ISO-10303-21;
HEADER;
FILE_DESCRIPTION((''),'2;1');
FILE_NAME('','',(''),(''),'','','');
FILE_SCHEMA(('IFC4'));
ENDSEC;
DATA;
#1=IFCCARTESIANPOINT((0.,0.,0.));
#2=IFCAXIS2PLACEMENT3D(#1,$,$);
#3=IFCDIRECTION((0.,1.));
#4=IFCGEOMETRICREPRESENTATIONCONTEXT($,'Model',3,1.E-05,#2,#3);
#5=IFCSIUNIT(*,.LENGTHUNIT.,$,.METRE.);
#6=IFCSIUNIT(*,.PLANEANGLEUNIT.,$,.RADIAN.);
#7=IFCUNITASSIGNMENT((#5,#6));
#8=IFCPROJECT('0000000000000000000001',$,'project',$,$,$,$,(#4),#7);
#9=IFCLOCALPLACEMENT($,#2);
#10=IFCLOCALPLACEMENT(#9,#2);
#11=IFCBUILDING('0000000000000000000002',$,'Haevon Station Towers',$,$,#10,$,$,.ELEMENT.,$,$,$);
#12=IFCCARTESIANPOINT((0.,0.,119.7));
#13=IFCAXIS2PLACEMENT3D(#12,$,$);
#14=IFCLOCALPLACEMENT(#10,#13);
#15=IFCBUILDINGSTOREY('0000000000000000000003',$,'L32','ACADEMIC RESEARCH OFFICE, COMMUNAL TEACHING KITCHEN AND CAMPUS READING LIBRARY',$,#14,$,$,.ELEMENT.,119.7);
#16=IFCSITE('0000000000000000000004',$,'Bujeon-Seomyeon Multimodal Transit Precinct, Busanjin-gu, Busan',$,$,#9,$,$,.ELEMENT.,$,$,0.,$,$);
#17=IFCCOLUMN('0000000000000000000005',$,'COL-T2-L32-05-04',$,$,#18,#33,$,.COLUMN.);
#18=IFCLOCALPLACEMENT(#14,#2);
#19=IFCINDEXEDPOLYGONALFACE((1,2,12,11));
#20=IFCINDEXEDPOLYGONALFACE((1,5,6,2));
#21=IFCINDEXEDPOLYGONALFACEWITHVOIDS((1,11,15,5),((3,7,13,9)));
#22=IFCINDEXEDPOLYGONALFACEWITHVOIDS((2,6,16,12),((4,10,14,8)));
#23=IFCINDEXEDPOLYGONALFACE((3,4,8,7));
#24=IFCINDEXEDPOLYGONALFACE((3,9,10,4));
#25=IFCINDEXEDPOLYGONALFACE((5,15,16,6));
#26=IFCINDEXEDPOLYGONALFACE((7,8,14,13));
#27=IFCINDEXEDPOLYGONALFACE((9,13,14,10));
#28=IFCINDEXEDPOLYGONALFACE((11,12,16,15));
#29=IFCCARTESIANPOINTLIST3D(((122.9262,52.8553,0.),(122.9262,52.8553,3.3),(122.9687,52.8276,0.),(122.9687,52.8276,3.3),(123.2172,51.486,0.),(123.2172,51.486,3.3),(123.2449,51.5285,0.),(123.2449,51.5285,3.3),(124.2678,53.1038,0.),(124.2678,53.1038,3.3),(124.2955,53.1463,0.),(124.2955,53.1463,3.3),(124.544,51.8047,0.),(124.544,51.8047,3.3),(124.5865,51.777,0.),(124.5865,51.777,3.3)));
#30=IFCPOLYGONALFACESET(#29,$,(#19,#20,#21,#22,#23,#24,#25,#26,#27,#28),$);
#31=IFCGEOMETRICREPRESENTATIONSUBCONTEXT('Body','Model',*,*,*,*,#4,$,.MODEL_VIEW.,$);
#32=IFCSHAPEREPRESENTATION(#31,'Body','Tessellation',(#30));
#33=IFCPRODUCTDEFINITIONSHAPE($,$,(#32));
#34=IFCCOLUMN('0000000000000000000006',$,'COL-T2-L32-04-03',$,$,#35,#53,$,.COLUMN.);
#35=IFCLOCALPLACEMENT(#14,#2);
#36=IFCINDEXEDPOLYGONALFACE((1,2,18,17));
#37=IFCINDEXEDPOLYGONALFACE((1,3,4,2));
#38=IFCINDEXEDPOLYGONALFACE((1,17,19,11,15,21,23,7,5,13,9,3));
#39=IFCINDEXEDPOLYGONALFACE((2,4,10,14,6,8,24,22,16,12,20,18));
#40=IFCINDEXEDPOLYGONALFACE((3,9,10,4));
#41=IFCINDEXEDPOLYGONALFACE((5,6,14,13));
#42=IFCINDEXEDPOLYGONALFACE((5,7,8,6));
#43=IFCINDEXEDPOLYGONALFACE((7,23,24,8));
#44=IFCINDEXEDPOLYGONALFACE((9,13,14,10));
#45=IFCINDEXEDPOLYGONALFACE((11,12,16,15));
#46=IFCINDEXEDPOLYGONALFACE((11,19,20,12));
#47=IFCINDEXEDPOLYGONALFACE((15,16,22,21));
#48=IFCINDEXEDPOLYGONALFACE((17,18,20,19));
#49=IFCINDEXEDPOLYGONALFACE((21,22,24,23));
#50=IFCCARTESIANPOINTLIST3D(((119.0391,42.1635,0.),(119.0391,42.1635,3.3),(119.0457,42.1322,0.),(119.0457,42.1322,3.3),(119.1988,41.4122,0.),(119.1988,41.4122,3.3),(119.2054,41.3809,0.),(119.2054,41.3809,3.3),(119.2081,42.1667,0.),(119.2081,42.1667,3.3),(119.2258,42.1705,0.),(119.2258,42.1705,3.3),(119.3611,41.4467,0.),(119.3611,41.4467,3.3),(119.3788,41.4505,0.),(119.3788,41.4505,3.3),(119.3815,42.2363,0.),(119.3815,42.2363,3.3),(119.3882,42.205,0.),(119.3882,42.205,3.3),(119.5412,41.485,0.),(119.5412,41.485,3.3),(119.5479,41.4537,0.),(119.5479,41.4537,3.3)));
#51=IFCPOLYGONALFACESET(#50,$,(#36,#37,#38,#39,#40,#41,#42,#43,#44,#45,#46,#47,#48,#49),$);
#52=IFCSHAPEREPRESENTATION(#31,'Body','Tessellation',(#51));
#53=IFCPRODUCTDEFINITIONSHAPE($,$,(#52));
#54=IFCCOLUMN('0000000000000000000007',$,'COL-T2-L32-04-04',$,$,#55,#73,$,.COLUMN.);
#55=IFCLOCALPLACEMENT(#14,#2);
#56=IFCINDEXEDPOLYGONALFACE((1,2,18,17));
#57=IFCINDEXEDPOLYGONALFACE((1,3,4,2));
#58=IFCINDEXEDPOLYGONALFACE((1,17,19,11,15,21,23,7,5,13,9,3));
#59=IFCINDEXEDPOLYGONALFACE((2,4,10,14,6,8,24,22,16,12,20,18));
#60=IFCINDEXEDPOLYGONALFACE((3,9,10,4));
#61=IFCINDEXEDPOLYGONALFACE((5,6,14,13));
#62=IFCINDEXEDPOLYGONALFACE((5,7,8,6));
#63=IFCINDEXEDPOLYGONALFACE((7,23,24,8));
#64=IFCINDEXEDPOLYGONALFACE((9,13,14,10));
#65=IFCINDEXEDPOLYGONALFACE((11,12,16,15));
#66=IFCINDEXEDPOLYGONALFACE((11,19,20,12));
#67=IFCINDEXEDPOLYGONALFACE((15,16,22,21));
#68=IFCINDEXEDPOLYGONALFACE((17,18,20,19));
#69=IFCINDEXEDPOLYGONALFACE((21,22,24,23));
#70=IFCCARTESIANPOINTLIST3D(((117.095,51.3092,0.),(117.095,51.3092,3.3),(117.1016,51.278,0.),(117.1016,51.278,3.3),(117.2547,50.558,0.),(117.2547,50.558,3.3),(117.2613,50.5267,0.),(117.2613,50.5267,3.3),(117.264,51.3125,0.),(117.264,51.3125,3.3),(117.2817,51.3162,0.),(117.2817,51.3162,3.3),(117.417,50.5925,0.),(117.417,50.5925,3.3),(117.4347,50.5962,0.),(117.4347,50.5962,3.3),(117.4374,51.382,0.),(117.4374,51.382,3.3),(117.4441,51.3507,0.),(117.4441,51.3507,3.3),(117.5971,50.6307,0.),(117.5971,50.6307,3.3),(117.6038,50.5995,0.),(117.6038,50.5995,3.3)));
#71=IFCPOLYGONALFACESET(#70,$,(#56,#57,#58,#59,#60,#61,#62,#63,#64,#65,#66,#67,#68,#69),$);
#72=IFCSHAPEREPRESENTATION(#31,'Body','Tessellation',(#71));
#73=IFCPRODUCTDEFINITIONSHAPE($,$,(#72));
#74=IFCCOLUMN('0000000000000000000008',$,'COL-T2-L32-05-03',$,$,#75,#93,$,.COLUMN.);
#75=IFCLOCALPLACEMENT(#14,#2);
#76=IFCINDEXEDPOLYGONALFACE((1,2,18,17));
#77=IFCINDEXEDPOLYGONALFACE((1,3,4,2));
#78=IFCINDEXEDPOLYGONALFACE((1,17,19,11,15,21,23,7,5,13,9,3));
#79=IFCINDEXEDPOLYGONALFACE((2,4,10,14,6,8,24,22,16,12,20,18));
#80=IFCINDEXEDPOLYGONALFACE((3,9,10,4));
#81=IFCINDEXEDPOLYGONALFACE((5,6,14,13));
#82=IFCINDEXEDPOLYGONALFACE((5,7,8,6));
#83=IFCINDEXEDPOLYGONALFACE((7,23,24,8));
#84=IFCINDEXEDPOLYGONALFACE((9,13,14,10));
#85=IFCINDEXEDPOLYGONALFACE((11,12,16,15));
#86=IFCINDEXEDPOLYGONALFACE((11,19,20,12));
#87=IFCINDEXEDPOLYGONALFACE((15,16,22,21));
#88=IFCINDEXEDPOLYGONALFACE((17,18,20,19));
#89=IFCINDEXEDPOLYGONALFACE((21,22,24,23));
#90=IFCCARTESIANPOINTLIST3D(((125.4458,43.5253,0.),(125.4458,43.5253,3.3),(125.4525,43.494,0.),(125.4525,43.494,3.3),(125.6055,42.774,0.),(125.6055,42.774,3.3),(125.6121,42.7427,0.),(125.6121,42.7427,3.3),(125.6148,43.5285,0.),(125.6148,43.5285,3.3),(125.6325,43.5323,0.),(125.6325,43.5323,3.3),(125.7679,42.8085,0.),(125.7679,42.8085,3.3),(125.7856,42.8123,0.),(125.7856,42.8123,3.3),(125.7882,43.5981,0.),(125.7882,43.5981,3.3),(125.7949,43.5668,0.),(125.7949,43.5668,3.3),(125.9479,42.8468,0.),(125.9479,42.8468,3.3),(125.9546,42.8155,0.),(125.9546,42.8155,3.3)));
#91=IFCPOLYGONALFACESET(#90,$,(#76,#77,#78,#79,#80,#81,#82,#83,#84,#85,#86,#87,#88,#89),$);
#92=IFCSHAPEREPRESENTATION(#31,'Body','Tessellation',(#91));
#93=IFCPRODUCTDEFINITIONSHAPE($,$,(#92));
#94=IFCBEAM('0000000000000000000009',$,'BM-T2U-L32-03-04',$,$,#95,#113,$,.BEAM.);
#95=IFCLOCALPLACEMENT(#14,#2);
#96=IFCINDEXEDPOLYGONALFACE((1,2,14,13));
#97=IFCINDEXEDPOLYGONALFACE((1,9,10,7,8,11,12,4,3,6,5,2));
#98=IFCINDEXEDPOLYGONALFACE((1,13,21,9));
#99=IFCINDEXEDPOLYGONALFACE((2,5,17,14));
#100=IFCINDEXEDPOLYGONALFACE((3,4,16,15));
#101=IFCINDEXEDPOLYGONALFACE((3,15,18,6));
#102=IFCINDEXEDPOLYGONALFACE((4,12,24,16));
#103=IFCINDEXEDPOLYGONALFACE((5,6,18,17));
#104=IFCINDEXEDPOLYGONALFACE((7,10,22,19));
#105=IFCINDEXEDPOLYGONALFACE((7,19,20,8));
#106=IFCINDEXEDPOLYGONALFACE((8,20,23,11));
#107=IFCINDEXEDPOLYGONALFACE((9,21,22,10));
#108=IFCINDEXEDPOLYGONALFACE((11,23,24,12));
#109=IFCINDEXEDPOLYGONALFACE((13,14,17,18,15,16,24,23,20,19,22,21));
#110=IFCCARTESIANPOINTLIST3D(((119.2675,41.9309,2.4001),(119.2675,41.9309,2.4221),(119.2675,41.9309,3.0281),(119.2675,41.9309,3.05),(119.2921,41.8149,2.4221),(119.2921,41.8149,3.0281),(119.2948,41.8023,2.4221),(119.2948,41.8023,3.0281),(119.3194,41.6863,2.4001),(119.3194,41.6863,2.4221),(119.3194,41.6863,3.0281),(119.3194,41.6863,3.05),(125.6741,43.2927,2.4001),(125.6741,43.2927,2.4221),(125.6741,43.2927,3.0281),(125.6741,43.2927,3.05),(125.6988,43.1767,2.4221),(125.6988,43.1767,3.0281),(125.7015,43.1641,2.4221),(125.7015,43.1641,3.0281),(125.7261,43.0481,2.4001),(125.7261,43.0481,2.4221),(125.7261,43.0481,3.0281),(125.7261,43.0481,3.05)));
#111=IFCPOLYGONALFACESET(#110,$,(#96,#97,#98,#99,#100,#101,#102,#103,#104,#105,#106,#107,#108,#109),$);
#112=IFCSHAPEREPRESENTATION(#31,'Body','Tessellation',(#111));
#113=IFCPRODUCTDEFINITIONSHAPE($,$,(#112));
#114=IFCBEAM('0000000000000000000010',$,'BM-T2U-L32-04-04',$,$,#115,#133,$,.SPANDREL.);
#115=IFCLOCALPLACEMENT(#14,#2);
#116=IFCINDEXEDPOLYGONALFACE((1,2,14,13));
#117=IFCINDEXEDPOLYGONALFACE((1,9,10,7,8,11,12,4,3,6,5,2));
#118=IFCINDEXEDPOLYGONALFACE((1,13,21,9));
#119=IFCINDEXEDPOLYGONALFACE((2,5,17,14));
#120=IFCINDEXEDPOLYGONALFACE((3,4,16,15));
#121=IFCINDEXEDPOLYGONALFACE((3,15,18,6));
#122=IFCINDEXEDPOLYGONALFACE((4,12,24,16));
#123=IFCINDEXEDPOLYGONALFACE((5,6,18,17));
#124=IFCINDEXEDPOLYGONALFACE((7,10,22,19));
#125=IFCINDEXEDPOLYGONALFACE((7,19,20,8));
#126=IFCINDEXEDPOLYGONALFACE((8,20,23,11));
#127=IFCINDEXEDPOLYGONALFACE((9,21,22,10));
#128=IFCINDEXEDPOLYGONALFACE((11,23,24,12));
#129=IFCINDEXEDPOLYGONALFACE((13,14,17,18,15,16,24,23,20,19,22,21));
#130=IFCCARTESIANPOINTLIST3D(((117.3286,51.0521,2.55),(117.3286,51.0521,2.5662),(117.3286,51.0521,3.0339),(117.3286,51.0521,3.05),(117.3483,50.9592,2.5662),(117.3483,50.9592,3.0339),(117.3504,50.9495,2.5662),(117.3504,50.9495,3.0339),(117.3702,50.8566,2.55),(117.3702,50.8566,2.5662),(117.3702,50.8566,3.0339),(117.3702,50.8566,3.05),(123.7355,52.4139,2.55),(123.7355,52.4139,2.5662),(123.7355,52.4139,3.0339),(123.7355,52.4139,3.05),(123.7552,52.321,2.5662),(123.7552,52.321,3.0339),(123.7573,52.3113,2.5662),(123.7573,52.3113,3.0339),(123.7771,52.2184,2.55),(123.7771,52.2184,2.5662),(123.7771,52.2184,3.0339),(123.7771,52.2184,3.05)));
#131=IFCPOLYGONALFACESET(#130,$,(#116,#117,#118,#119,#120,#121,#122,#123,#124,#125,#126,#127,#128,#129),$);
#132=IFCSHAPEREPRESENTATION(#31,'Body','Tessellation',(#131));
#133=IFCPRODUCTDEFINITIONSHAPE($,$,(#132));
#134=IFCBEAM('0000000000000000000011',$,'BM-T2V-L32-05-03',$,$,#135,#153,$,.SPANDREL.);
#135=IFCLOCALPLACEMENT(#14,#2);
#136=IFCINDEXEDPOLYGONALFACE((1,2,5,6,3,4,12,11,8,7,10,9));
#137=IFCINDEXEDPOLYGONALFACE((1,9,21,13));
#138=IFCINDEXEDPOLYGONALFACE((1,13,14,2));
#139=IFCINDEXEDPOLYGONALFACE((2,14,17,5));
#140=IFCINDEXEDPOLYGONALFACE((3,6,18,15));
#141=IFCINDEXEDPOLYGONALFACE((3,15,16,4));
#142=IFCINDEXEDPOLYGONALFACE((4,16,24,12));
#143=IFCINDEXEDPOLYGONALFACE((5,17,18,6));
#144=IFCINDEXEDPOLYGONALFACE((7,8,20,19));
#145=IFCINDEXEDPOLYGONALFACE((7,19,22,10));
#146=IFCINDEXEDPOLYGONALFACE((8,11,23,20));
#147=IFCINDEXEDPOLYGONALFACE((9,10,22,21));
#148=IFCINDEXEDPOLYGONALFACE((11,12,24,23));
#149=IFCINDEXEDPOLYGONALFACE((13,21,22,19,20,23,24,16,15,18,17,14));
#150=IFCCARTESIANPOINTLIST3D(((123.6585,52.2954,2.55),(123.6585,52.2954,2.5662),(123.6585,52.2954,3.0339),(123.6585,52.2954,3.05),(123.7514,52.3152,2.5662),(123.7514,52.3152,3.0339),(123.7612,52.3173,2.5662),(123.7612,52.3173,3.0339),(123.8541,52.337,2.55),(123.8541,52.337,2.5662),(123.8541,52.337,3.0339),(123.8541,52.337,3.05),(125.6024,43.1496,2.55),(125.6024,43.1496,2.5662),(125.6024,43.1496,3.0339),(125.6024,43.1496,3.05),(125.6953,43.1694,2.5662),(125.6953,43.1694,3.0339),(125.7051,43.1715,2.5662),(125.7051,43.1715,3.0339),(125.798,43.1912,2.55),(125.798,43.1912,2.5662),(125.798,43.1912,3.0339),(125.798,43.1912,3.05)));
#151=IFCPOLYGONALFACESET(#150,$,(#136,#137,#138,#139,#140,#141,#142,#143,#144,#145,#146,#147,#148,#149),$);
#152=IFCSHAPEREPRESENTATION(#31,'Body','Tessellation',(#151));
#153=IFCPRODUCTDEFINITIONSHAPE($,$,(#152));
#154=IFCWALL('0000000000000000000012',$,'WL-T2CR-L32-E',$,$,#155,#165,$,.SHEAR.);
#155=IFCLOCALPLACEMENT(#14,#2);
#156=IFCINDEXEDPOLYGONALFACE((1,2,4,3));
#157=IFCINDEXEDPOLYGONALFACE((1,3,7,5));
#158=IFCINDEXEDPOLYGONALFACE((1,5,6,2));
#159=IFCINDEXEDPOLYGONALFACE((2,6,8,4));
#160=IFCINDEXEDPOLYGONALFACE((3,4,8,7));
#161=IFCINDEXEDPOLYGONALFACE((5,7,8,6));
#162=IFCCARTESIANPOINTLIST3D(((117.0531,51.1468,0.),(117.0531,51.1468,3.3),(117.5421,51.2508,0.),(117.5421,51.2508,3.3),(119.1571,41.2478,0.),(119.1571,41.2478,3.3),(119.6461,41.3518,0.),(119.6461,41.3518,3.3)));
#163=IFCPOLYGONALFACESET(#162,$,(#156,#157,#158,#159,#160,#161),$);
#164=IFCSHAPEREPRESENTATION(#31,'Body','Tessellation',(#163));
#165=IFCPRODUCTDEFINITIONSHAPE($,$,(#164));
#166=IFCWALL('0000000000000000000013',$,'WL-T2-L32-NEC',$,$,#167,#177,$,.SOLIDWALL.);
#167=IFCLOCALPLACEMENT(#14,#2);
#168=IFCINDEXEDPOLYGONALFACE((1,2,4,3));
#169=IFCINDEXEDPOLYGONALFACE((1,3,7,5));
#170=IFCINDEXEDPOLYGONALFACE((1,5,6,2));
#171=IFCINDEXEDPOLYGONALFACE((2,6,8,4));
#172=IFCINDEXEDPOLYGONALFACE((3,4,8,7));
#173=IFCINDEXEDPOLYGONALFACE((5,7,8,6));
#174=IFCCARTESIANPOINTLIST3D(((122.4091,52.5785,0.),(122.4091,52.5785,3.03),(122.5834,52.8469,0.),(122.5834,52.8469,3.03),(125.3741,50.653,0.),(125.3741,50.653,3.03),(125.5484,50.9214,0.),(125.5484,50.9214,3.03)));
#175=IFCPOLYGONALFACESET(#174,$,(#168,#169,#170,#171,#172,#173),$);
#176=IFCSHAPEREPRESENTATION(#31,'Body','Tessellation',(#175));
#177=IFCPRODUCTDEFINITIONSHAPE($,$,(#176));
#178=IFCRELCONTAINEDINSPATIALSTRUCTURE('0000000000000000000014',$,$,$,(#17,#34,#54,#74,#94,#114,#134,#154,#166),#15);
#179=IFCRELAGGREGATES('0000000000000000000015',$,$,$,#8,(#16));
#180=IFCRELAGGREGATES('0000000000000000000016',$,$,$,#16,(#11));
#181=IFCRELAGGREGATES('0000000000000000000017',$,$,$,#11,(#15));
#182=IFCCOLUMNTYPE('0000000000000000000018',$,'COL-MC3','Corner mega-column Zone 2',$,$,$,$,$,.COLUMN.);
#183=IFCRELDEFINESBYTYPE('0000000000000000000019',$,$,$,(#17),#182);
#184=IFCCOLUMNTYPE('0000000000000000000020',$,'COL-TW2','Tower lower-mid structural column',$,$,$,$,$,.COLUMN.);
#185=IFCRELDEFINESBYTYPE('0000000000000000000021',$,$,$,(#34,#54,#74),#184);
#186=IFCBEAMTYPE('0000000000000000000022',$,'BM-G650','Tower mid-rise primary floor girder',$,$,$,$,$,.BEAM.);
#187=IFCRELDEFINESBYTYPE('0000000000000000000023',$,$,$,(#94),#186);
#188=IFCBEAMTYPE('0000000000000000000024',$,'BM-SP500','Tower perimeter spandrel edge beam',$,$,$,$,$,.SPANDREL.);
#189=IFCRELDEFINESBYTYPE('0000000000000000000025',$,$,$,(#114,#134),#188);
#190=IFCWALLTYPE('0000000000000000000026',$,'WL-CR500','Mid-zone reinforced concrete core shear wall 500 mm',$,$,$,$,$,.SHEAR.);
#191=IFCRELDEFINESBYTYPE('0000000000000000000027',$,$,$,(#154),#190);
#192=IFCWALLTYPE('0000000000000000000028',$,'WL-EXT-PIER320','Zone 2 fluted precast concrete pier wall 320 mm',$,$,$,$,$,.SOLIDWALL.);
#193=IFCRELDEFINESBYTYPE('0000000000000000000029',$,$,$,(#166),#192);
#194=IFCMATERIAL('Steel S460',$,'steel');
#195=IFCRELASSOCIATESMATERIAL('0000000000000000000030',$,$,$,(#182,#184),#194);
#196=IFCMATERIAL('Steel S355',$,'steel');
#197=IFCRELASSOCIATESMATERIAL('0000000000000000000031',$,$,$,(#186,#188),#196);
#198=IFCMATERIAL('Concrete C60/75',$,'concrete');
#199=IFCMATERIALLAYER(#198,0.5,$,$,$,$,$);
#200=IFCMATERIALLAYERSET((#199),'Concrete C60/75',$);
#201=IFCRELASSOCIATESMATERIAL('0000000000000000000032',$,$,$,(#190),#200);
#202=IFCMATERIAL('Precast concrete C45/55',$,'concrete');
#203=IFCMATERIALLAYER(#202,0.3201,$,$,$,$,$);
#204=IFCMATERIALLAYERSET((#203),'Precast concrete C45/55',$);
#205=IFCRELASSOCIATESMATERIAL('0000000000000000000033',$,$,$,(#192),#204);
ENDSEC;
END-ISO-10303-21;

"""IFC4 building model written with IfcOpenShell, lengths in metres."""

from ifc_helpers import new_model, si_unit, direction, frame, frame_2d, origin, origin_2d, place, context, subcontext, project, spatial, rectangle, hollow_rectangle, i_section, extrude, material, layer, layer_set, material_profile, profile_set, type_object, element, save


model = new_model("IFC4")

# Units and contexts
model_context = context("Model", 3, precision=1e-05, world=origin(), true_north=direction((0.0, 1.0)))
body_context = subcontext(model_context, "Body", "Model", "MODEL_VIEW")
ifc_project = project(units=[si_unit("LENGTHUNIT", "METRE"), si_unit("PLANEANGLEUNIT", "RADIAN")], contexts=[model_context])

# Site, building, storey
site_placement = place(None, origin())
site = spatial("IfcSite", under=ifc_project, at=site_placement, Name="Bujeon-Seomyeon Multimodal Transit Precinct, Busanjin-gu, Busan", CompositionType="ELEMENT", RefElevation=0.0)
building_placement = place(site_placement, origin())
building = spatial("IfcBuilding", under=site, at=building_placement, Name="Haevon Station Towers", CompositionType="ELEMENT")
storey_placement = place(building_placement, frame((0.0, 0.0, 119.7)))
storey = spatial("IfcBuildingStorey", under=building, at=storey_placement, Name="L32", Description="ACADEMIC RESEARCH OFFICE, COMMUNAL TEACHING KITCHEN AND CAMPUS READING LIBRARY", CompositionType="ELEMENT", Elevation=119.7)

# Columns
ifc_material_1 = material(Name="Steel S460", Category="steel")
ifc_material_profile_1 = material_profile(ifc_material_1, hollow_rectangle(XDim=1.3999, YDim=1.3999, WallThickness=0.0359, at=origin_2d()), Name="BOX-1400x1400x36")
ifc_profile_set_1 = profile_set([ifc_material_profile_1], Name="Steel S460")
column_type_1 = type_object("IfcColumnType", Name="COL-MC3", Description="Corner mega-column Zone 2", PredefinedType="COLUMN", material=ifc_profile_set_1)
column_placement = place(storey_placement, frame((123.7563, 52.3162, 0.0), z_axis=(0.0, 0.0, 1.0), x_axis=(0.978148, 0.207912, 0.0)))
element("IfcColumn", 1, at=column_placement, inside=storey, type_object=column_type_1, Name="COL-T2-L32-05-04", PredefinedType="COLUMN", context=body_context, shape_type="SweptSolid", body=[
    extrude(hollow_rectangle(XDim=1.3999, YDim=1.3999, WallThickness=0.0359, at=origin_2d()), origin(), (0.0, 0.0, 1.0), 3.3),
])
ifc_material_profile_2 = material_profile(ifc_material_1, i_section(OverallWidth=0.3501, OverallDepth=0.8, WebThickness=0.0181, FlangeThickness=0.032, at=origin_2d()), Name="H-800x350x18x32")
ifc_profile_set_2 = profile_set([ifc_material_profile_2], Name="Steel S460")
column_type_2 = type_object("IfcColumnType", Name="COL-TW2", Description="Tower lower-mid structural column", PredefinedType="COLUMN", material=ifc_profile_set_2)
for number, where, z_axis, x_axis, name in (
    (2, (119.2935, 41.8086, 0.0), (0.0, 0.0, 1.0), (0.978148, 0.207912, 0.0), "COL-T2-L32-04-03"),
    (3, (117.3494, 50.9543, 0.0), (0.0, 0.0, 1.0), (0.978148, 0.207912, 0.0), "COL-T2-L32-04-04"),
    (4, (125.7002, 43.1704, 0.0), (0.0, 0.0, 1.0), (0.978148, 0.207912, 0.0), "COL-T2-L32-05-03"),
):
    element("IfcColumn", number, at=place(storey_placement, frame(where, z_axis=z_axis, x_axis=x_axis)), inside=storey, type_object=column_type_2, Name=name, PredefinedType="COLUMN", context=body_context, shape_type="SweptSolid", body=[
        extrude(i_section(OverallWidth=0.3501, OverallDepth=0.8, WebThickness=0.0181, FlangeThickness=0.032, at=origin_2d()), origin(), (0.0, 0.0, 1.0), 3.3),
    ])

# Beams
ifc_material_2 = material(Name="Steel S355", Category="steel")
ifc_material_profile_3 = material_profile(ifc_material_2, i_section(OverallWidth=0.25, OverallDepth=0.6499, WebThickness=0.0129, FlangeThickness=0.022, at=origin_2d()), Name="H-650x250x13x22")
ifc_profile_set_3 = profile_set([ifc_material_profile_3], Name="Steel S355")
beam_type_1 = type_object("IfcBeamType", Name="BM-G650", Description="Tower mid-rise primary floor girder", PredefinedType="BEAM", material=ifc_profile_set_3)
beam_1_placement = place(storey_placement, frame((119.2935, 41.8086, 2.7251), z_axis=(0.978147, 0.207915, 0.0), x_axis=(-0.207915, 0.978147, 0.0)))
element("IfcBeam", 5, at=beam_1_placement, inside=storey, type_object=beam_type_1, Name="BM-T2U-L32-03-04", PredefinedType="BEAM", context=body_context, shape_type="SweptSolid", body=[
    extrude(i_section(OverallWidth=0.25, OverallDepth=0.6499, WebThickness=0.0129, FlangeThickness=0.022, at=origin_2d()), origin(), (0.0, 0.0, 1.0), 6.5498),
])
ifc_material_profile_4 = material_profile(ifc_material_2, i_section(OverallWidth=0.2, OverallDepth=0.5, WebThickness=0.01, FlangeThickness=0.0161, at=origin_2d()), Name="H-500x200x10x16")
ifc_profile_set_4 = profile_set([ifc_material_profile_4], Name="Steel S355")
beam_type_2 = type_object("IfcBeamType", Name="BM-SP500", Description="Tower perimeter spandrel edge beam", PredefinedType="SPANDREL", material=ifc_profile_set_4)
beam_2_placement = place(storey_placement, frame((117.3494, 50.9543, 2.8), z_axis=(0.978149, 0.207907, 0.0), x_axis=(-0.207907, 0.978149, 0.0)))
element("IfcBeam", 6, at=beam_2_placement, inside=storey, type_object=beam_type_2, Name="BM-T2U-L32-04-04", PredefinedType="SPANDREL", context=body_context, shape_type="SweptSolid", body=[
    extrude(i_section(OverallWidth=0.2, OverallDepth=0.5, WebThickness=0.01, FlangeThickness=0.0161, at=origin_2d()), origin(), (0.0, 0.0, 1.0), 6.55),
])
beam_3_placement = place(storey_placement, frame((125.7002, 43.1704, 2.8), z_axis=(-0.207897, 0.978151, 0.0), x_axis=(-0.978151, -0.207897, 0.0)))
element("IfcBeam", 7, at=beam_3_placement, inside=storey, type_object=beam_type_2, Name="BM-T2V-L32-05-03", PredefinedType="SPANDREL", context=body_context, shape_type="SweptSolid", body=[
    extrude(i_section(OverallWidth=0.2, OverallDepth=0.5, WebThickness=0.01, FlangeThickness=0.0161, at=origin_2d()), origin(), (0.0, 0.0, 1.0), 9.3501),
])

# Walls
ifc_material_3 = material(Name="Concrete C60/75", Category="concrete")
ifc_layer_1 = layer(ifc_material_3, 0.5)
ifc_layer_set_1 = layer_set([ifc_layer_1], Name="Concrete C60/75")
wall_type_1 = type_object("IfcWallType", Name="WL-CR500", Description="Mid-zone reinforced concrete core shear wall 500 mm", PredefinedType="SHEAR", material=ifc_layer_set_1)
wall_1_placement = place(storey_placement, frame((119.4016, 41.2998, 0.0), z_axis=(0.0, 0.0, 1.0), x_axis=(-0.207904, 0.978149, 0.0)))
element("IfcWall", 8, at=wall_1_placement, inside=storey, type_object=wall_type_1, Name="WL-T2CR-L32-E", PredefinedType="SHEAR", context=body_context, shape_type="SweptSolid", body=[
    extrude(rectangle(XDim=10.1201, YDim=0.5, at=frame_2d((5.0601, 0.0))), origin(), (0.0, 0.0, 1.0), 3.3),
])
ifc_material_4 = material(Name="Precast concrete C45/55", Category="concrete")
ifc_layer_2 = layer(ifc_material_4, 0.3201)
ifc_layer_set_2 = layer_set([ifc_layer_2], Name="Precast concrete C45/55")
wall_type_2 = type_object("IfcWallType", Name="WL-EXT-PIER320", Description="Zone 2 fluted precast concrete pier wall 320 mm", PredefinedType="SOLIDWALL", material=ifc_layer_set_2)
wall_2_placement = place(storey_placement, frame((122.4963, 52.7126, 0.0), z_axis=(0.0, 0.0, 1.0), x_axis=(0.838672, -0.544636, 0.0)))
element("IfcWall", 9, at=wall_2_placement, inside=storey, type_object=wall_type_2, Name="WL-T2-L32-NEC", PredefinedType="SOLIDWALL", context=body_context, shape_type="SweptSolid", body=[
    extrude(rectangle(XDim=3.5354, YDim=0.3201, at=frame_2d((1.7676, 0.0))), origin(), (0.0, 0.0, 1.0), 3.03),
])

save(model, "model.ifc")
